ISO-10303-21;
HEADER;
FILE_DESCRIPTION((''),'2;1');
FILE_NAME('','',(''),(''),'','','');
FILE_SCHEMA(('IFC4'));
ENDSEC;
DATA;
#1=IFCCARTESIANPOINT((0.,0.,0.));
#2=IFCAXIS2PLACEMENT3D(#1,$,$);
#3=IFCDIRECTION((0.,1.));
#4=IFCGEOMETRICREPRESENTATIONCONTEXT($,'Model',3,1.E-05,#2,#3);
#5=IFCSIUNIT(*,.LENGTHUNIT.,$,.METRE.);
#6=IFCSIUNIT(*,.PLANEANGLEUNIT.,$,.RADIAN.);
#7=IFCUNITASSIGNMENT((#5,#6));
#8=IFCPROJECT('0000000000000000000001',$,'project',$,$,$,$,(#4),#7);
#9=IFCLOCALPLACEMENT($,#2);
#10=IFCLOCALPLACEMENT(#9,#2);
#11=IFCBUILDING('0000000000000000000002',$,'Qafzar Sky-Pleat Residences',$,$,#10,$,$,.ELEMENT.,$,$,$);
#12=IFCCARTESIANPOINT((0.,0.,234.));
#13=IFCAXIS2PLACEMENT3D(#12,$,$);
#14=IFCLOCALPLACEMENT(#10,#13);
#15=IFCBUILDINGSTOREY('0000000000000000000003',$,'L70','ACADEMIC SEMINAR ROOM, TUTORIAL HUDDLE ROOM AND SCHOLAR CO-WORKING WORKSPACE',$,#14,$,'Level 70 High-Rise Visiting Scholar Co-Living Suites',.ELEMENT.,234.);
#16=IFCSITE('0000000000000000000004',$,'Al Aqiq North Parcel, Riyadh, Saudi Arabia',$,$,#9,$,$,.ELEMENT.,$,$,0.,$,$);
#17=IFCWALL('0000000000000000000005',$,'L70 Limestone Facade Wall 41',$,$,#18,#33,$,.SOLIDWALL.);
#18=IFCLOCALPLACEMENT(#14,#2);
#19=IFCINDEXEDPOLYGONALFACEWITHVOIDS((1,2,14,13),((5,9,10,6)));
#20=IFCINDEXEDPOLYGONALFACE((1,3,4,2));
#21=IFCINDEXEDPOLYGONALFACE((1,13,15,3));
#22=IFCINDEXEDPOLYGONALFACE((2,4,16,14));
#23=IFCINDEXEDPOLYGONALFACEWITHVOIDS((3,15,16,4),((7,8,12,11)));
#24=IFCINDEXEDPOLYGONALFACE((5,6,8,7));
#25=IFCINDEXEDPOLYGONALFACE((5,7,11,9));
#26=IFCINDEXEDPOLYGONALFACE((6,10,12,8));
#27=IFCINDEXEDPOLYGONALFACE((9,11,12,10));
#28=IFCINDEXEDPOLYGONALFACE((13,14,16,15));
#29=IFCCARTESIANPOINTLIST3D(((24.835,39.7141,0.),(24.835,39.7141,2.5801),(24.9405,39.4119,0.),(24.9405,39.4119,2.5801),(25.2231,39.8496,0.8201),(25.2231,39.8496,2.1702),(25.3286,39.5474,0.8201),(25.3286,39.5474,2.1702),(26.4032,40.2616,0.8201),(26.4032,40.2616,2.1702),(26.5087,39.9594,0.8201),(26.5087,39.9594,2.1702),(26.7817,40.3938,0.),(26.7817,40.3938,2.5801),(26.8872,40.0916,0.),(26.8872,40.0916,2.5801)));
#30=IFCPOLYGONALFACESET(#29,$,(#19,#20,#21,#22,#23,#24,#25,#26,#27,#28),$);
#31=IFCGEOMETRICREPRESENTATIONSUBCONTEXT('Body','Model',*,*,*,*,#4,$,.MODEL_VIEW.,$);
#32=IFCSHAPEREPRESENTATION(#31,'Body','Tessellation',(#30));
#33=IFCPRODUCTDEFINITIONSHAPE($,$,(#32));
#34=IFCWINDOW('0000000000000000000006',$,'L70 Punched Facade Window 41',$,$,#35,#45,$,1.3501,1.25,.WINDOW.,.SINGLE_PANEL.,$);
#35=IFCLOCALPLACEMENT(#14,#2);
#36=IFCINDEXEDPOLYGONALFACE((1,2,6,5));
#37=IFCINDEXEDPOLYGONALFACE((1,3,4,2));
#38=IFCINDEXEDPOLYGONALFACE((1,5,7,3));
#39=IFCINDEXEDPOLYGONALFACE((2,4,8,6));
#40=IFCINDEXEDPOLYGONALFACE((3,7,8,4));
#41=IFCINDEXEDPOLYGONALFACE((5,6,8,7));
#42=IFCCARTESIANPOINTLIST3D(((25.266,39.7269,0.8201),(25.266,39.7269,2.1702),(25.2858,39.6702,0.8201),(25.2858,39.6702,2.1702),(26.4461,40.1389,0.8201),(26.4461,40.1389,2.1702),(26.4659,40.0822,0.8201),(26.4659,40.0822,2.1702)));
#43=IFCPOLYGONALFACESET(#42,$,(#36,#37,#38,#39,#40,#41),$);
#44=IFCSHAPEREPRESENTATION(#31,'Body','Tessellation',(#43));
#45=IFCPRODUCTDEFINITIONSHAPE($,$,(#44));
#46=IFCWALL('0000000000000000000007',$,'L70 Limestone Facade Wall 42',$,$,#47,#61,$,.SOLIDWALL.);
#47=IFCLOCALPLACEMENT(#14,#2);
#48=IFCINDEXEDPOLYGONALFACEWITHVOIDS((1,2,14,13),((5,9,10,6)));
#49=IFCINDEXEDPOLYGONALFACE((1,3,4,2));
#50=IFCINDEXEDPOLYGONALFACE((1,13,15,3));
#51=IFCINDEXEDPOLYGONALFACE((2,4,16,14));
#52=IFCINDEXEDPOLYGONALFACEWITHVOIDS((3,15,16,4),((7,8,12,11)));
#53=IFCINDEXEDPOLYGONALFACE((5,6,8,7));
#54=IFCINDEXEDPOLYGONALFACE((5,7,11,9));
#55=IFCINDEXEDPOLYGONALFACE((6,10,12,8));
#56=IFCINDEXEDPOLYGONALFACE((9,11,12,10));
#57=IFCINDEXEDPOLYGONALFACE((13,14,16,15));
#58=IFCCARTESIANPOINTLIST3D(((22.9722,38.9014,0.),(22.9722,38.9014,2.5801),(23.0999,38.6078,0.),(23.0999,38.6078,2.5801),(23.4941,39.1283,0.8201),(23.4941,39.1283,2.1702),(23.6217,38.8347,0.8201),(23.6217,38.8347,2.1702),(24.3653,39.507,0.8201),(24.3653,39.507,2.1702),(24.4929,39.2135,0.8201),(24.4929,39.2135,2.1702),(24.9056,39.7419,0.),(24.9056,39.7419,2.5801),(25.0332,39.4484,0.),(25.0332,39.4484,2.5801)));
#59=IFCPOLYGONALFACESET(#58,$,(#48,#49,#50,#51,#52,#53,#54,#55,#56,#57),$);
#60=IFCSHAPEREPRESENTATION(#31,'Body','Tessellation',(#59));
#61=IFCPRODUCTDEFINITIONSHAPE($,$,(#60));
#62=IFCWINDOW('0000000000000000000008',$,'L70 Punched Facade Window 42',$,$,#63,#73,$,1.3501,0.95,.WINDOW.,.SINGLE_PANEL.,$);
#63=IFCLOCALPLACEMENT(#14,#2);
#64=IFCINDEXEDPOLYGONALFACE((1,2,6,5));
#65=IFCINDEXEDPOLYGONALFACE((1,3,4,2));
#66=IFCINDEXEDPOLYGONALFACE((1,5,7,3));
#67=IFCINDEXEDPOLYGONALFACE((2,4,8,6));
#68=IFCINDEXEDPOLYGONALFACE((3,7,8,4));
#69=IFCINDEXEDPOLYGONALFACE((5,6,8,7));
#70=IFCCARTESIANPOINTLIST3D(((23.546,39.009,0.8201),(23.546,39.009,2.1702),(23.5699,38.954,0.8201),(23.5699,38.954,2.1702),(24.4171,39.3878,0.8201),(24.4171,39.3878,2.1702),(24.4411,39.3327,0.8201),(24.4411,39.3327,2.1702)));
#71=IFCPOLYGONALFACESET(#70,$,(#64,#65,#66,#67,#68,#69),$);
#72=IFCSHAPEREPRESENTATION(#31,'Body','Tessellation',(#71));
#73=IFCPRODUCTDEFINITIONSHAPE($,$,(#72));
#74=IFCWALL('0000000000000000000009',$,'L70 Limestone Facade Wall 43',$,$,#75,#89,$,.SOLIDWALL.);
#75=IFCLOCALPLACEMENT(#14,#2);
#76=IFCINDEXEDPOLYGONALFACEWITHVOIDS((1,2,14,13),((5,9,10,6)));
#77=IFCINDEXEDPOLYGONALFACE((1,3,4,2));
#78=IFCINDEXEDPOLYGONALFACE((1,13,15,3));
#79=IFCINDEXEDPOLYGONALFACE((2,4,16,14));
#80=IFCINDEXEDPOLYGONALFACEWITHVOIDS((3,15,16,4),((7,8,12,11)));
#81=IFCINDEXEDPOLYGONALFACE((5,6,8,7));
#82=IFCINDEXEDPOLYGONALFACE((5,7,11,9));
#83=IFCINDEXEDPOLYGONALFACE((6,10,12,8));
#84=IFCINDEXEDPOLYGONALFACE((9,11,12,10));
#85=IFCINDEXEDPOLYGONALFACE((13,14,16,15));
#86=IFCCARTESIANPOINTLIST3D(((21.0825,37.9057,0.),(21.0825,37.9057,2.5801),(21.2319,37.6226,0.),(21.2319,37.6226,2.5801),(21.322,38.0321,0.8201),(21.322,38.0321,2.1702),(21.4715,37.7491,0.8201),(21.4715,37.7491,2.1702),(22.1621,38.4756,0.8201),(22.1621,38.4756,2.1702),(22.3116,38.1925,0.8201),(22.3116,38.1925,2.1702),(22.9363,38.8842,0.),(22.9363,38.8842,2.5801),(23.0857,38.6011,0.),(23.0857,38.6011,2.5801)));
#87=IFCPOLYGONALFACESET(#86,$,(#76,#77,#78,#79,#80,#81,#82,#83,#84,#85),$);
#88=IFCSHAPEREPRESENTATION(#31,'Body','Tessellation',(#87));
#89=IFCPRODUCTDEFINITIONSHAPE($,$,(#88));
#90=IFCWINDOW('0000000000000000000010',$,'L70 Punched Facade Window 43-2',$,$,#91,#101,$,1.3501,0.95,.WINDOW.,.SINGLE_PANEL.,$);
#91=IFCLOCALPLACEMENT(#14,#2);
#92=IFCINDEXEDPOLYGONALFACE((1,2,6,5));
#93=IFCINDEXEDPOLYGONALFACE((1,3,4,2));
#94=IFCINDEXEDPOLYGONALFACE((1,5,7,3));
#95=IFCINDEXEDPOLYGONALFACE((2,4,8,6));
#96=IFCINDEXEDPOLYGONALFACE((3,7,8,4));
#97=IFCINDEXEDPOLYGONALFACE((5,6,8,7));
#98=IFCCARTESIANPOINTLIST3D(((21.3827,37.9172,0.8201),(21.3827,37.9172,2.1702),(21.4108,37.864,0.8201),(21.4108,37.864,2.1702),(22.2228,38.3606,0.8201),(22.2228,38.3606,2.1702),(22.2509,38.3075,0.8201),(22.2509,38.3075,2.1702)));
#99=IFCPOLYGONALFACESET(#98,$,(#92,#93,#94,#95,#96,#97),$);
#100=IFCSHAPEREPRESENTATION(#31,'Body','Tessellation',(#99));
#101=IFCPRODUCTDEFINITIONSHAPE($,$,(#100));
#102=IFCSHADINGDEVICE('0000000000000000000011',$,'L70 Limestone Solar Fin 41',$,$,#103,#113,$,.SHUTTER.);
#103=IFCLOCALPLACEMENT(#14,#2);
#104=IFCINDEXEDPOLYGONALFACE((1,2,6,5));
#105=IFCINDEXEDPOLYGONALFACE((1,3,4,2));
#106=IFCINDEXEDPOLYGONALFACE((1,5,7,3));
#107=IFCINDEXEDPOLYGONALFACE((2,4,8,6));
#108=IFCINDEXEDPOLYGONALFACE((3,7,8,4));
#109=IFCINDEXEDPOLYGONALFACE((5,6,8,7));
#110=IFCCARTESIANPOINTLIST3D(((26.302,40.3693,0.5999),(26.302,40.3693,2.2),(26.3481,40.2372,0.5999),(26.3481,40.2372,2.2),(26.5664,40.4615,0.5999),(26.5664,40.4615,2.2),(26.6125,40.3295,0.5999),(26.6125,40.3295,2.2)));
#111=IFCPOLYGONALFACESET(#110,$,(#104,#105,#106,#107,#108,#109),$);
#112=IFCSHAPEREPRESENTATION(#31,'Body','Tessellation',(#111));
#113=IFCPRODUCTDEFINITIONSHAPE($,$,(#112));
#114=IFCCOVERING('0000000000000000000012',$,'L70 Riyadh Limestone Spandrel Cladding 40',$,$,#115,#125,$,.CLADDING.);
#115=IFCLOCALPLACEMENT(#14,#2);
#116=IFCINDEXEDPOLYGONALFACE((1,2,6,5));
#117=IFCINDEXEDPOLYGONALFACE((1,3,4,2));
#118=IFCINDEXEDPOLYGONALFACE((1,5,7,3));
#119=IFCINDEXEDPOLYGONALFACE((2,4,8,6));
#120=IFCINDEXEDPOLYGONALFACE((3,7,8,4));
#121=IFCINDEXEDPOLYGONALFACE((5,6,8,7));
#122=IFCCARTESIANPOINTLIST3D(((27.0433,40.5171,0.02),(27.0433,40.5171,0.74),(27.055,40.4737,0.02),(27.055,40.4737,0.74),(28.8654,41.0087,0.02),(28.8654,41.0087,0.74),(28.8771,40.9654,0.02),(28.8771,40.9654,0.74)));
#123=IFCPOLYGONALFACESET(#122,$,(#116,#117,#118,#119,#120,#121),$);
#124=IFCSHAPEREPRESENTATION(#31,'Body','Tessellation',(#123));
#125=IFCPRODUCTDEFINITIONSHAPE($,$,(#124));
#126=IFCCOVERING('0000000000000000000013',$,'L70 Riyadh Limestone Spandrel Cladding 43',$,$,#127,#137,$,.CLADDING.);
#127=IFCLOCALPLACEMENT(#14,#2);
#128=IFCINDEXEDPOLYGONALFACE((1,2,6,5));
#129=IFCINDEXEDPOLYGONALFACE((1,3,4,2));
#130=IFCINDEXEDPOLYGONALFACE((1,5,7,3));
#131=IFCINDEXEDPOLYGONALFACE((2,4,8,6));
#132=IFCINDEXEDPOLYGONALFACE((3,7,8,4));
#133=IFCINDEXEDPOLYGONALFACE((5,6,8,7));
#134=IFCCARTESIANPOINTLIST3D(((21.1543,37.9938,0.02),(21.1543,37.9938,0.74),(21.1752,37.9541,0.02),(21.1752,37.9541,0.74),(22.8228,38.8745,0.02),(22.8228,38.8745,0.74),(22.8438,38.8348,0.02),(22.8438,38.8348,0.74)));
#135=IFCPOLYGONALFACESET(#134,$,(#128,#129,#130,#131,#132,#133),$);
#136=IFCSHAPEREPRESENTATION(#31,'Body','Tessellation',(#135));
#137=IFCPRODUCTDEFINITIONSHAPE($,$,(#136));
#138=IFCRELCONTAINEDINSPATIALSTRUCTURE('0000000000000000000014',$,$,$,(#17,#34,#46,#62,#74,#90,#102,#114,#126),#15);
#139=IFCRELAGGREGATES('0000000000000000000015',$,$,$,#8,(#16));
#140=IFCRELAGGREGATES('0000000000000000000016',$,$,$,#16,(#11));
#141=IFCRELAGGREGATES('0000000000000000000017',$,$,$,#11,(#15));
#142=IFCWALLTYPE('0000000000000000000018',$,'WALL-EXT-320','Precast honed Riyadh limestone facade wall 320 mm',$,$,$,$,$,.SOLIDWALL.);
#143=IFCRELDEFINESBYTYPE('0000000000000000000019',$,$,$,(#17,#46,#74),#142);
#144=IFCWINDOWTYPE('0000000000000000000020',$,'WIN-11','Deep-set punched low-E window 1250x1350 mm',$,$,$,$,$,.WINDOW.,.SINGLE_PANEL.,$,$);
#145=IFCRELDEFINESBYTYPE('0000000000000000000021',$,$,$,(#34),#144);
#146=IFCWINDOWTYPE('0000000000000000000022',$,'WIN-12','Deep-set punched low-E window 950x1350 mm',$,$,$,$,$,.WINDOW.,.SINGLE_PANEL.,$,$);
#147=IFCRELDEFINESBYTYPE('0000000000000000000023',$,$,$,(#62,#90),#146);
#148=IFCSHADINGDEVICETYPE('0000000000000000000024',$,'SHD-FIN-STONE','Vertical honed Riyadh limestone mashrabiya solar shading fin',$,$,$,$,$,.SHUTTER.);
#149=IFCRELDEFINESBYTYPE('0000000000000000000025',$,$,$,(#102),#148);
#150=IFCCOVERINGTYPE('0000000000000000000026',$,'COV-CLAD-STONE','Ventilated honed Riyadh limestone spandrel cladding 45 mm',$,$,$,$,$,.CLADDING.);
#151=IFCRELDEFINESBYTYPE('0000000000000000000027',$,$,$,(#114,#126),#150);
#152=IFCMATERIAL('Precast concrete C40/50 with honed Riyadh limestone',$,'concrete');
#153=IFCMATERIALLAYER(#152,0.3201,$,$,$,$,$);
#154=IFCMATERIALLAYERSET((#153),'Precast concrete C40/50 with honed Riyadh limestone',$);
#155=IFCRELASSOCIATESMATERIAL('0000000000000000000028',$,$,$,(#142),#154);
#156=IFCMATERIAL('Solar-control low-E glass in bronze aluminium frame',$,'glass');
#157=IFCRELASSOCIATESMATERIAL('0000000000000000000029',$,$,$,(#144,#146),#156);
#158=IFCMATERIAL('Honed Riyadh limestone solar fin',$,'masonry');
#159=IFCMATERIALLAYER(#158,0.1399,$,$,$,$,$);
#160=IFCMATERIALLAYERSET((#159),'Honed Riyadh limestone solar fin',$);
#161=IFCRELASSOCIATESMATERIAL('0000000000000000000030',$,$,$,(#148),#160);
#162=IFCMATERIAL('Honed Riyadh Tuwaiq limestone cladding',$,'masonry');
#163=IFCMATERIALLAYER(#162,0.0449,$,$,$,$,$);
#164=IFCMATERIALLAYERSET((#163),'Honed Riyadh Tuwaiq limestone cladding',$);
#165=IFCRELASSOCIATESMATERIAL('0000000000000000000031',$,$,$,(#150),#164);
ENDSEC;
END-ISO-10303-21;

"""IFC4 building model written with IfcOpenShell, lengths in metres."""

from ifc_helpers import new_model, si_unit, direction, frame, frame_2d, origin, origin_2d, place, context, subcontext, project, spatial, rectangle, extrude, source, transform, mapped, material, layer, layer_set, type_object, element, fill, save


model = new_model("IFC4")

# Units and contexts
model_context = context("Model", 3, precision=1e-05, world=origin(), true_north=direction((0.0, 1.0)))
body_context = subcontext(model_context, "Body", "Model", "MODEL_VIEW")
ifc_project = project(units=[si_unit("LENGTHUNIT", "METRE"), si_unit("PLANEANGLEUNIT", "RADIAN")], contexts=[model_context])

# Site, building, storey
site_placement = place(None, origin())
site = spatial("IfcSite", under=ifc_project, at=site_placement, Name="Al Aqiq North Parcel, Riyadh, Saudi Arabia", CompositionType="ELEMENT", RefElevation=0.0)
building_placement = place(site_placement, origin())
building = spatial("IfcBuilding", under=site, at=building_placement, Name="Qafzar Sky-Pleat Residences", CompositionType="ELEMENT")
storey_placement = place(building_placement, frame((0.0, 0.0, 234.0)))
storey = spatial("IfcBuildingStorey", under=building, at=storey_placement, Name="L70", Description="ACADEMIC SEMINAR ROOM, TUTORIAL HUDDLE ROOM AND SCHOLAR CO-WORKING WORKSPACE", LongName="Level 70 High-Rise Visiting Scholar Co-Living Suites", CompositionType="ELEMENT", Elevation=234.0)

# Walls, openings, windows
ifc_material_1 = material(Name="Precast concrete C40/50 with honed Riyadh limestone", Category="concrete")
ifc_layer_1 = layer(ifc_material_1, 0.3201)
ifc_layer_set_1 = layer_set([ifc_layer_1], Name="Precast concrete C40/50 with honed Riyadh limestone")
wall_type_1 = type_object("IfcWallType", Name="WALL-EXT-320", Description="Precast honed Riyadh limestone facade wall 320 mm", PredefinedType="SOLIDWALL", material=ifc_layer_set_1)
wall_1_placement = place(storey_placement, frame((26.8345, 40.2427, 0.0), z_axis=(0.0, 0.0, 1.0), x_axis=(-0.944113, -0.329623, 0.0)))
wall_1 = element("IfcWall", 1, at=wall_1_placement, inside=storey, type_object=wall_type_1, Name="L70 Limestone Facade Wall 41", PredefinedType="SOLIDWALL", context=body_context, shape_type="SweptSolid", body=[
    extrude(rectangle(XDim=2.062, YDim=0.3201, at=frame_2d((1.031, 0.0))), origin(), (0.0, 0.0, 1.0), 2.5801),
])
opening_1_placement = place(wall_1_placement, frame((0.4009, 0.0, 0.8201)))
opening_1 = element("IfcOpeningElement", 2, at=opening_1_placement, cuts=wall_1, PredefinedType="OPENING", context=body_context, shape_type="SweptSolid", body=[
    extrude(rectangle(XDim=1.25, YDim=1.3501, at=frame_2d((0.625, 0.675))), frame((0.0, 0.1699, 0.0), z_axis=(0.0, -1.0, 0.0), x_axis=(1.0, 0.0, 0.0)), (0.0, 0.0, 1.0), 0.3401),
])
ifc_material_2 = material(Name="Solar-control low-E glass in bronze aluminium frame", Category="glass")
window_type_1 = type_object("IfcWindowType", Name="WIN-11", Description="Deep-set punched low-E window 1250x1350 mm", PartitioningType="SINGLE_PANEL", PredefinedType="WINDOW", material=ifc_material_2)
shared_shape_1 = source(origin(), body_context, "Body", "SweptSolid", [
    extrude(rectangle(XDim=1.25, YDim=1.3501, at=frame_2d((0.625, 0.675))), frame((0.0, 0.03, 0.0), z_axis=(0.0, -1.0, 0.0), x_axis=(1.0, 0.0, 0.0)), (0.0, 0.0, 1.0), 0.0601),
])
window_1_placement = place(opening_1_placement, origin())
window_1 = element("IfcWindow", 3, at=window_1_placement, inside=storey, type_object=window_type_1, Name="L70 Punched Facade Window 41", OverallHeight=1.3501, OverallWidth=1.25, PartitioningType="SINGLE_PANEL", PredefinedType="WINDOW", context=body_context, shape_type="MappedRepresentation", body=[
    mapped(shared_shape_1, transform((0.0, 0.0, 0.0), x_axis=(1.0, 0.0, 0.0), y_axis=(0.0, 1.0, 0.0), z_axis=(0.0, 0.0, 1.0), scale=1.0)),
])
fill(opening_1, window_1)
wall_2_placement = place(storey_placement, frame((24.9695, 39.5952, 0.0), z_axis=(0.0, 0.0, 1.0), x_axis=(-0.917072, -0.398722, 0.0)))
wall_2 = element("IfcWall", 4, at=wall_2_placement, inside=storey, type_object=wall_type_1, Name="L70 Limestone Facade Wall 42", PredefinedType="SOLIDWALL", context=body_context, shape_type="SweptSolid", body=[
    extrude(rectangle(XDim=2.1082, YDim=0.3201, at=frame_2d((1.0542, 0.0))), origin(), (0.0, 0.0, 1.0), 2.5801),
])
opening_2_placement = place(wall_2_placement, frame((0.5891, 0.0, 0.8201)))
opening_2 = element("IfcOpeningElement", 5, at=opening_2_placement, cuts=wall_2, PredefinedType="OPENING", context=body_context, shape_type="SweptSolid", body=[
    extrude(rectangle(XDim=0.95, YDim=1.3501, at=frame_2d((0.4751, 0.675))), frame((0.0, 0.1699, 0.0), z_axis=(0.0, -1.0, 0.0), x_axis=(1.0, 0.0, 0.0)), (0.0, 0.0, 1.0), 0.3401),
])
window_type_2 = type_object("IfcWindowType", Name="WIN-12", Description="Deep-set punched low-E window 950x1350 mm", PartitioningType="SINGLE_PANEL", PredefinedType="WINDOW", material=ifc_material_2)
shared_shape_2 = source(origin(), body_context, "Body", "SweptSolid", [
    extrude(rectangle(XDim=0.95, YDim=1.3501, at=frame_2d((0.4751, 0.675))), frame((0.0, 0.03, 0.0), z_axis=(0.0, -1.0, 0.0), x_axis=(1.0, 0.0, 0.0)), (0.0, 0.0, 1.0), 0.0601),
])
window_2_placement = place(opening_2_placement, origin())
window_2 = element("IfcWindow", 6, at=window_2_placement, inside=storey, type_object=window_type_2, Name="L70 Punched Facade Window 42", OverallHeight=1.3501, OverallWidth=0.95, PartitioningType="SINGLE_PANEL", PredefinedType="WINDOW", context=body_context, shape_type="MappedRepresentation", body=[
    mapped(shared_shape_2, transform((0.0, 0.0, 0.0), x_axis=(1.0, 0.0, 0.0), y_axis=(0.0, 1.0, 0.0), z_axis=(0.0, 0.0, 1.0), scale=1.0)),
])
fill(opening_2, window_2)
wall_3_placement = place(storey_placement, frame((23.011, 38.7427, 0.0), z_axis=(0.0, 0.0, 1.0), x_axis=(-0.884357, -0.466812, 0.0)))
wall_3 = element("IfcWall", 7, at=wall_3_placement, inside=storey, type_object=wall_type_1, Name="L70 Limestone Facade Wall 43", PredefinedType="SOLIDWALL", context=body_context, shape_type="SweptSolid", body=[
    extrude(rectangle(XDim=2.0962, YDim=0.3201, at=frame_2d((1.0481, 0.0))), origin(), (0.0, 0.0, 1.0), 2.5801),
])
opening_3_placement = place(wall_3_placement, frame((0.8752, 0.0, 0.8201)))
opening_3 = element("IfcOpeningElement", 8, at=opening_3_placement, cuts=wall_3, PredefinedType="OPENING", context=body_context, shape_type="SweptSolid", body=[
    extrude(rectangle(XDim=0.95, YDim=1.3501, at=frame_2d((0.4751, 0.675))), frame((0.0, 0.1699, 0.0), z_axis=(0.0, -1.0, 0.0), x_axis=(1.0, 0.0, 0.0)), (0.0, 0.0, 1.0), 0.3401),
])
window_3_placement = place(opening_3_placement, origin())
window_3 = element("IfcWindow", 9, at=window_3_placement, inside=storey, type_object=window_type_2, Name="L70 Punched Facade Window 43-2", OverallHeight=1.3501, OverallWidth=0.95, PartitioningType="SINGLE_PANEL", PredefinedType="WINDOW", context=body_context, shape_type="MappedRepresentation", body=[
    mapped(shared_shape_2, transform((0.0, 0.0, 0.0), x_axis=(1.0, 0.0, 0.0), y_axis=(0.0, 1.0, 0.0), z_axis=(0.0, 0.0, 1.0), scale=1.0)),
])
fill(opening_3, window_3)

# Shading device
ifc_material_3 = material(Name="Honed Riyadh limestone solar fin", Category="masonry")
ifc_layer_2 = layer(ifc_material_3, 0.1399)
ifc_layer_set_2 = layer_set([ifc_layer_2], Name="Honed Riyadh limestone solar fin")
shading_device_type = type_object("IfcShadingDeviceType", Name="SHD-FIN-STONE", Description="Vertical honed Riyadh limestone mashrabiya solar shading fin", PredefinedType="SHUTTER", material=ifc_layer_set_2)
shared_shape_3 = source(origin(), body_context, "Body", "SweptSolid", [
    extrude(rectangle(XDim=0.1399, YDim=0.28, at=origin_2d()), origin(), (0.0, 0.0, 1.0), 1.6001),
])
shading_device_placement = place(storey_placement, frame((26.4573, 40.3494, 0.5999), z_axis=(0.0, 0.0, 1.0), x_axis=(-0.329579, 0.944128, 0.0)))
element("IfcShadingDevice", 10, at=shading_device_placement, inside=storey, type_object=shading_device_type, Name="L70 Limestone Solar Fin 41", PredefinedType="SHUTTER", context=body_context, shape_type="MappedRepresentation", body=[
    mapped(shared_shape_3, transform((0.0, 0.0, 0.0), x_axis=(1.0, 0.0, 0.0), y_axis=(0.0, 1.0, 0.0), z_axis=(0.0, 0.0, 1.0), scale=1.0)),
])

# Coverings
ifc_material_4 = material(Name="Honed Riyadh Tuwaiq limestone cladding", Category="masonry")
ifc_layer_3 = layer(ifc_material_4, 0.0449)
ifc_layer_set_3 = layer_set([ifc_layer_3], Name="Honed Riyadh Tuwaiq limestone cladding")
covering_type = type_object("IfcCoveringType", Name="COV-CLAD-STONE", Description="Ventilated honed Riyadh limestone spandrel cladding 45 mm", PredefinedType="CLADDING", material=ifc_layer_set_3)
shared_shape_4 = source(origin(), body_context, "Body", "SweptSolid", [
    extrude(rectangle(XDim=1.8872, YDim=0.0449, at=origin_2d()), origin(), (0.0, 0.0, 1.0), 0.72),
])
covering_1_placement = place(storey_placement, frame((27.9602, 40.7412, 0.02), z_axis=(0.0, 0.0, 1.0), x_axis=(-0.965467, -0.260526, 0.0)))
element("IfcCovering", 11, at=covering_1_placement, inside=storey, type_object=covering_type, Name="L70 Riyadh Limestone Spandrel Cladding 40", PredefinedType="CLADDING", context=body_context, shape_type="MappedRepresentation", body=[
    mapped(shared_shape_4, transform((0.0, 0.0, 0.0), x_axis=(1.0, 0.0, 0.0), y_axis=(0.0, 1.0, 0.0), z_axis=(0.0, 0.0, 1.0), scale=1.0)),
])
shared_shape_5 = source(origin(), body_context, "Body", "SweptSolid", [
    extrude(rectangle(XDim=1.8867, YDim=0.0449, at=origin_2d()), origin(), (0.0, 0.0, 1.0), 0.72),
])
covering_2_placement = place(storey_placement, frame((21.999, 38.4143, 0.02), z_axis=(0.0, 0.0, 1.0), x_axis=(-0.884364, -0.466798, 0.0)))
element("IfcCovering", 12, at=covering_2_placement, inside=storey, type_object=covering_type, Name="L70 Riyadh Limestone Spandrel Cladding 43", PredefinedType="CLADDING", context=body_context, shape_type="MappedRepresentation", body=[
    mapped(shared_shape_5, transform((0.0, 0.0, 0.0), x_axis=(1.0, 0.0, 0.0), y_axis=(0.0, 1.0, 0.0), z_axis=(0.0, 0.0, 1.0), scale=1.0)),
])

save(model, "model.ifc")
